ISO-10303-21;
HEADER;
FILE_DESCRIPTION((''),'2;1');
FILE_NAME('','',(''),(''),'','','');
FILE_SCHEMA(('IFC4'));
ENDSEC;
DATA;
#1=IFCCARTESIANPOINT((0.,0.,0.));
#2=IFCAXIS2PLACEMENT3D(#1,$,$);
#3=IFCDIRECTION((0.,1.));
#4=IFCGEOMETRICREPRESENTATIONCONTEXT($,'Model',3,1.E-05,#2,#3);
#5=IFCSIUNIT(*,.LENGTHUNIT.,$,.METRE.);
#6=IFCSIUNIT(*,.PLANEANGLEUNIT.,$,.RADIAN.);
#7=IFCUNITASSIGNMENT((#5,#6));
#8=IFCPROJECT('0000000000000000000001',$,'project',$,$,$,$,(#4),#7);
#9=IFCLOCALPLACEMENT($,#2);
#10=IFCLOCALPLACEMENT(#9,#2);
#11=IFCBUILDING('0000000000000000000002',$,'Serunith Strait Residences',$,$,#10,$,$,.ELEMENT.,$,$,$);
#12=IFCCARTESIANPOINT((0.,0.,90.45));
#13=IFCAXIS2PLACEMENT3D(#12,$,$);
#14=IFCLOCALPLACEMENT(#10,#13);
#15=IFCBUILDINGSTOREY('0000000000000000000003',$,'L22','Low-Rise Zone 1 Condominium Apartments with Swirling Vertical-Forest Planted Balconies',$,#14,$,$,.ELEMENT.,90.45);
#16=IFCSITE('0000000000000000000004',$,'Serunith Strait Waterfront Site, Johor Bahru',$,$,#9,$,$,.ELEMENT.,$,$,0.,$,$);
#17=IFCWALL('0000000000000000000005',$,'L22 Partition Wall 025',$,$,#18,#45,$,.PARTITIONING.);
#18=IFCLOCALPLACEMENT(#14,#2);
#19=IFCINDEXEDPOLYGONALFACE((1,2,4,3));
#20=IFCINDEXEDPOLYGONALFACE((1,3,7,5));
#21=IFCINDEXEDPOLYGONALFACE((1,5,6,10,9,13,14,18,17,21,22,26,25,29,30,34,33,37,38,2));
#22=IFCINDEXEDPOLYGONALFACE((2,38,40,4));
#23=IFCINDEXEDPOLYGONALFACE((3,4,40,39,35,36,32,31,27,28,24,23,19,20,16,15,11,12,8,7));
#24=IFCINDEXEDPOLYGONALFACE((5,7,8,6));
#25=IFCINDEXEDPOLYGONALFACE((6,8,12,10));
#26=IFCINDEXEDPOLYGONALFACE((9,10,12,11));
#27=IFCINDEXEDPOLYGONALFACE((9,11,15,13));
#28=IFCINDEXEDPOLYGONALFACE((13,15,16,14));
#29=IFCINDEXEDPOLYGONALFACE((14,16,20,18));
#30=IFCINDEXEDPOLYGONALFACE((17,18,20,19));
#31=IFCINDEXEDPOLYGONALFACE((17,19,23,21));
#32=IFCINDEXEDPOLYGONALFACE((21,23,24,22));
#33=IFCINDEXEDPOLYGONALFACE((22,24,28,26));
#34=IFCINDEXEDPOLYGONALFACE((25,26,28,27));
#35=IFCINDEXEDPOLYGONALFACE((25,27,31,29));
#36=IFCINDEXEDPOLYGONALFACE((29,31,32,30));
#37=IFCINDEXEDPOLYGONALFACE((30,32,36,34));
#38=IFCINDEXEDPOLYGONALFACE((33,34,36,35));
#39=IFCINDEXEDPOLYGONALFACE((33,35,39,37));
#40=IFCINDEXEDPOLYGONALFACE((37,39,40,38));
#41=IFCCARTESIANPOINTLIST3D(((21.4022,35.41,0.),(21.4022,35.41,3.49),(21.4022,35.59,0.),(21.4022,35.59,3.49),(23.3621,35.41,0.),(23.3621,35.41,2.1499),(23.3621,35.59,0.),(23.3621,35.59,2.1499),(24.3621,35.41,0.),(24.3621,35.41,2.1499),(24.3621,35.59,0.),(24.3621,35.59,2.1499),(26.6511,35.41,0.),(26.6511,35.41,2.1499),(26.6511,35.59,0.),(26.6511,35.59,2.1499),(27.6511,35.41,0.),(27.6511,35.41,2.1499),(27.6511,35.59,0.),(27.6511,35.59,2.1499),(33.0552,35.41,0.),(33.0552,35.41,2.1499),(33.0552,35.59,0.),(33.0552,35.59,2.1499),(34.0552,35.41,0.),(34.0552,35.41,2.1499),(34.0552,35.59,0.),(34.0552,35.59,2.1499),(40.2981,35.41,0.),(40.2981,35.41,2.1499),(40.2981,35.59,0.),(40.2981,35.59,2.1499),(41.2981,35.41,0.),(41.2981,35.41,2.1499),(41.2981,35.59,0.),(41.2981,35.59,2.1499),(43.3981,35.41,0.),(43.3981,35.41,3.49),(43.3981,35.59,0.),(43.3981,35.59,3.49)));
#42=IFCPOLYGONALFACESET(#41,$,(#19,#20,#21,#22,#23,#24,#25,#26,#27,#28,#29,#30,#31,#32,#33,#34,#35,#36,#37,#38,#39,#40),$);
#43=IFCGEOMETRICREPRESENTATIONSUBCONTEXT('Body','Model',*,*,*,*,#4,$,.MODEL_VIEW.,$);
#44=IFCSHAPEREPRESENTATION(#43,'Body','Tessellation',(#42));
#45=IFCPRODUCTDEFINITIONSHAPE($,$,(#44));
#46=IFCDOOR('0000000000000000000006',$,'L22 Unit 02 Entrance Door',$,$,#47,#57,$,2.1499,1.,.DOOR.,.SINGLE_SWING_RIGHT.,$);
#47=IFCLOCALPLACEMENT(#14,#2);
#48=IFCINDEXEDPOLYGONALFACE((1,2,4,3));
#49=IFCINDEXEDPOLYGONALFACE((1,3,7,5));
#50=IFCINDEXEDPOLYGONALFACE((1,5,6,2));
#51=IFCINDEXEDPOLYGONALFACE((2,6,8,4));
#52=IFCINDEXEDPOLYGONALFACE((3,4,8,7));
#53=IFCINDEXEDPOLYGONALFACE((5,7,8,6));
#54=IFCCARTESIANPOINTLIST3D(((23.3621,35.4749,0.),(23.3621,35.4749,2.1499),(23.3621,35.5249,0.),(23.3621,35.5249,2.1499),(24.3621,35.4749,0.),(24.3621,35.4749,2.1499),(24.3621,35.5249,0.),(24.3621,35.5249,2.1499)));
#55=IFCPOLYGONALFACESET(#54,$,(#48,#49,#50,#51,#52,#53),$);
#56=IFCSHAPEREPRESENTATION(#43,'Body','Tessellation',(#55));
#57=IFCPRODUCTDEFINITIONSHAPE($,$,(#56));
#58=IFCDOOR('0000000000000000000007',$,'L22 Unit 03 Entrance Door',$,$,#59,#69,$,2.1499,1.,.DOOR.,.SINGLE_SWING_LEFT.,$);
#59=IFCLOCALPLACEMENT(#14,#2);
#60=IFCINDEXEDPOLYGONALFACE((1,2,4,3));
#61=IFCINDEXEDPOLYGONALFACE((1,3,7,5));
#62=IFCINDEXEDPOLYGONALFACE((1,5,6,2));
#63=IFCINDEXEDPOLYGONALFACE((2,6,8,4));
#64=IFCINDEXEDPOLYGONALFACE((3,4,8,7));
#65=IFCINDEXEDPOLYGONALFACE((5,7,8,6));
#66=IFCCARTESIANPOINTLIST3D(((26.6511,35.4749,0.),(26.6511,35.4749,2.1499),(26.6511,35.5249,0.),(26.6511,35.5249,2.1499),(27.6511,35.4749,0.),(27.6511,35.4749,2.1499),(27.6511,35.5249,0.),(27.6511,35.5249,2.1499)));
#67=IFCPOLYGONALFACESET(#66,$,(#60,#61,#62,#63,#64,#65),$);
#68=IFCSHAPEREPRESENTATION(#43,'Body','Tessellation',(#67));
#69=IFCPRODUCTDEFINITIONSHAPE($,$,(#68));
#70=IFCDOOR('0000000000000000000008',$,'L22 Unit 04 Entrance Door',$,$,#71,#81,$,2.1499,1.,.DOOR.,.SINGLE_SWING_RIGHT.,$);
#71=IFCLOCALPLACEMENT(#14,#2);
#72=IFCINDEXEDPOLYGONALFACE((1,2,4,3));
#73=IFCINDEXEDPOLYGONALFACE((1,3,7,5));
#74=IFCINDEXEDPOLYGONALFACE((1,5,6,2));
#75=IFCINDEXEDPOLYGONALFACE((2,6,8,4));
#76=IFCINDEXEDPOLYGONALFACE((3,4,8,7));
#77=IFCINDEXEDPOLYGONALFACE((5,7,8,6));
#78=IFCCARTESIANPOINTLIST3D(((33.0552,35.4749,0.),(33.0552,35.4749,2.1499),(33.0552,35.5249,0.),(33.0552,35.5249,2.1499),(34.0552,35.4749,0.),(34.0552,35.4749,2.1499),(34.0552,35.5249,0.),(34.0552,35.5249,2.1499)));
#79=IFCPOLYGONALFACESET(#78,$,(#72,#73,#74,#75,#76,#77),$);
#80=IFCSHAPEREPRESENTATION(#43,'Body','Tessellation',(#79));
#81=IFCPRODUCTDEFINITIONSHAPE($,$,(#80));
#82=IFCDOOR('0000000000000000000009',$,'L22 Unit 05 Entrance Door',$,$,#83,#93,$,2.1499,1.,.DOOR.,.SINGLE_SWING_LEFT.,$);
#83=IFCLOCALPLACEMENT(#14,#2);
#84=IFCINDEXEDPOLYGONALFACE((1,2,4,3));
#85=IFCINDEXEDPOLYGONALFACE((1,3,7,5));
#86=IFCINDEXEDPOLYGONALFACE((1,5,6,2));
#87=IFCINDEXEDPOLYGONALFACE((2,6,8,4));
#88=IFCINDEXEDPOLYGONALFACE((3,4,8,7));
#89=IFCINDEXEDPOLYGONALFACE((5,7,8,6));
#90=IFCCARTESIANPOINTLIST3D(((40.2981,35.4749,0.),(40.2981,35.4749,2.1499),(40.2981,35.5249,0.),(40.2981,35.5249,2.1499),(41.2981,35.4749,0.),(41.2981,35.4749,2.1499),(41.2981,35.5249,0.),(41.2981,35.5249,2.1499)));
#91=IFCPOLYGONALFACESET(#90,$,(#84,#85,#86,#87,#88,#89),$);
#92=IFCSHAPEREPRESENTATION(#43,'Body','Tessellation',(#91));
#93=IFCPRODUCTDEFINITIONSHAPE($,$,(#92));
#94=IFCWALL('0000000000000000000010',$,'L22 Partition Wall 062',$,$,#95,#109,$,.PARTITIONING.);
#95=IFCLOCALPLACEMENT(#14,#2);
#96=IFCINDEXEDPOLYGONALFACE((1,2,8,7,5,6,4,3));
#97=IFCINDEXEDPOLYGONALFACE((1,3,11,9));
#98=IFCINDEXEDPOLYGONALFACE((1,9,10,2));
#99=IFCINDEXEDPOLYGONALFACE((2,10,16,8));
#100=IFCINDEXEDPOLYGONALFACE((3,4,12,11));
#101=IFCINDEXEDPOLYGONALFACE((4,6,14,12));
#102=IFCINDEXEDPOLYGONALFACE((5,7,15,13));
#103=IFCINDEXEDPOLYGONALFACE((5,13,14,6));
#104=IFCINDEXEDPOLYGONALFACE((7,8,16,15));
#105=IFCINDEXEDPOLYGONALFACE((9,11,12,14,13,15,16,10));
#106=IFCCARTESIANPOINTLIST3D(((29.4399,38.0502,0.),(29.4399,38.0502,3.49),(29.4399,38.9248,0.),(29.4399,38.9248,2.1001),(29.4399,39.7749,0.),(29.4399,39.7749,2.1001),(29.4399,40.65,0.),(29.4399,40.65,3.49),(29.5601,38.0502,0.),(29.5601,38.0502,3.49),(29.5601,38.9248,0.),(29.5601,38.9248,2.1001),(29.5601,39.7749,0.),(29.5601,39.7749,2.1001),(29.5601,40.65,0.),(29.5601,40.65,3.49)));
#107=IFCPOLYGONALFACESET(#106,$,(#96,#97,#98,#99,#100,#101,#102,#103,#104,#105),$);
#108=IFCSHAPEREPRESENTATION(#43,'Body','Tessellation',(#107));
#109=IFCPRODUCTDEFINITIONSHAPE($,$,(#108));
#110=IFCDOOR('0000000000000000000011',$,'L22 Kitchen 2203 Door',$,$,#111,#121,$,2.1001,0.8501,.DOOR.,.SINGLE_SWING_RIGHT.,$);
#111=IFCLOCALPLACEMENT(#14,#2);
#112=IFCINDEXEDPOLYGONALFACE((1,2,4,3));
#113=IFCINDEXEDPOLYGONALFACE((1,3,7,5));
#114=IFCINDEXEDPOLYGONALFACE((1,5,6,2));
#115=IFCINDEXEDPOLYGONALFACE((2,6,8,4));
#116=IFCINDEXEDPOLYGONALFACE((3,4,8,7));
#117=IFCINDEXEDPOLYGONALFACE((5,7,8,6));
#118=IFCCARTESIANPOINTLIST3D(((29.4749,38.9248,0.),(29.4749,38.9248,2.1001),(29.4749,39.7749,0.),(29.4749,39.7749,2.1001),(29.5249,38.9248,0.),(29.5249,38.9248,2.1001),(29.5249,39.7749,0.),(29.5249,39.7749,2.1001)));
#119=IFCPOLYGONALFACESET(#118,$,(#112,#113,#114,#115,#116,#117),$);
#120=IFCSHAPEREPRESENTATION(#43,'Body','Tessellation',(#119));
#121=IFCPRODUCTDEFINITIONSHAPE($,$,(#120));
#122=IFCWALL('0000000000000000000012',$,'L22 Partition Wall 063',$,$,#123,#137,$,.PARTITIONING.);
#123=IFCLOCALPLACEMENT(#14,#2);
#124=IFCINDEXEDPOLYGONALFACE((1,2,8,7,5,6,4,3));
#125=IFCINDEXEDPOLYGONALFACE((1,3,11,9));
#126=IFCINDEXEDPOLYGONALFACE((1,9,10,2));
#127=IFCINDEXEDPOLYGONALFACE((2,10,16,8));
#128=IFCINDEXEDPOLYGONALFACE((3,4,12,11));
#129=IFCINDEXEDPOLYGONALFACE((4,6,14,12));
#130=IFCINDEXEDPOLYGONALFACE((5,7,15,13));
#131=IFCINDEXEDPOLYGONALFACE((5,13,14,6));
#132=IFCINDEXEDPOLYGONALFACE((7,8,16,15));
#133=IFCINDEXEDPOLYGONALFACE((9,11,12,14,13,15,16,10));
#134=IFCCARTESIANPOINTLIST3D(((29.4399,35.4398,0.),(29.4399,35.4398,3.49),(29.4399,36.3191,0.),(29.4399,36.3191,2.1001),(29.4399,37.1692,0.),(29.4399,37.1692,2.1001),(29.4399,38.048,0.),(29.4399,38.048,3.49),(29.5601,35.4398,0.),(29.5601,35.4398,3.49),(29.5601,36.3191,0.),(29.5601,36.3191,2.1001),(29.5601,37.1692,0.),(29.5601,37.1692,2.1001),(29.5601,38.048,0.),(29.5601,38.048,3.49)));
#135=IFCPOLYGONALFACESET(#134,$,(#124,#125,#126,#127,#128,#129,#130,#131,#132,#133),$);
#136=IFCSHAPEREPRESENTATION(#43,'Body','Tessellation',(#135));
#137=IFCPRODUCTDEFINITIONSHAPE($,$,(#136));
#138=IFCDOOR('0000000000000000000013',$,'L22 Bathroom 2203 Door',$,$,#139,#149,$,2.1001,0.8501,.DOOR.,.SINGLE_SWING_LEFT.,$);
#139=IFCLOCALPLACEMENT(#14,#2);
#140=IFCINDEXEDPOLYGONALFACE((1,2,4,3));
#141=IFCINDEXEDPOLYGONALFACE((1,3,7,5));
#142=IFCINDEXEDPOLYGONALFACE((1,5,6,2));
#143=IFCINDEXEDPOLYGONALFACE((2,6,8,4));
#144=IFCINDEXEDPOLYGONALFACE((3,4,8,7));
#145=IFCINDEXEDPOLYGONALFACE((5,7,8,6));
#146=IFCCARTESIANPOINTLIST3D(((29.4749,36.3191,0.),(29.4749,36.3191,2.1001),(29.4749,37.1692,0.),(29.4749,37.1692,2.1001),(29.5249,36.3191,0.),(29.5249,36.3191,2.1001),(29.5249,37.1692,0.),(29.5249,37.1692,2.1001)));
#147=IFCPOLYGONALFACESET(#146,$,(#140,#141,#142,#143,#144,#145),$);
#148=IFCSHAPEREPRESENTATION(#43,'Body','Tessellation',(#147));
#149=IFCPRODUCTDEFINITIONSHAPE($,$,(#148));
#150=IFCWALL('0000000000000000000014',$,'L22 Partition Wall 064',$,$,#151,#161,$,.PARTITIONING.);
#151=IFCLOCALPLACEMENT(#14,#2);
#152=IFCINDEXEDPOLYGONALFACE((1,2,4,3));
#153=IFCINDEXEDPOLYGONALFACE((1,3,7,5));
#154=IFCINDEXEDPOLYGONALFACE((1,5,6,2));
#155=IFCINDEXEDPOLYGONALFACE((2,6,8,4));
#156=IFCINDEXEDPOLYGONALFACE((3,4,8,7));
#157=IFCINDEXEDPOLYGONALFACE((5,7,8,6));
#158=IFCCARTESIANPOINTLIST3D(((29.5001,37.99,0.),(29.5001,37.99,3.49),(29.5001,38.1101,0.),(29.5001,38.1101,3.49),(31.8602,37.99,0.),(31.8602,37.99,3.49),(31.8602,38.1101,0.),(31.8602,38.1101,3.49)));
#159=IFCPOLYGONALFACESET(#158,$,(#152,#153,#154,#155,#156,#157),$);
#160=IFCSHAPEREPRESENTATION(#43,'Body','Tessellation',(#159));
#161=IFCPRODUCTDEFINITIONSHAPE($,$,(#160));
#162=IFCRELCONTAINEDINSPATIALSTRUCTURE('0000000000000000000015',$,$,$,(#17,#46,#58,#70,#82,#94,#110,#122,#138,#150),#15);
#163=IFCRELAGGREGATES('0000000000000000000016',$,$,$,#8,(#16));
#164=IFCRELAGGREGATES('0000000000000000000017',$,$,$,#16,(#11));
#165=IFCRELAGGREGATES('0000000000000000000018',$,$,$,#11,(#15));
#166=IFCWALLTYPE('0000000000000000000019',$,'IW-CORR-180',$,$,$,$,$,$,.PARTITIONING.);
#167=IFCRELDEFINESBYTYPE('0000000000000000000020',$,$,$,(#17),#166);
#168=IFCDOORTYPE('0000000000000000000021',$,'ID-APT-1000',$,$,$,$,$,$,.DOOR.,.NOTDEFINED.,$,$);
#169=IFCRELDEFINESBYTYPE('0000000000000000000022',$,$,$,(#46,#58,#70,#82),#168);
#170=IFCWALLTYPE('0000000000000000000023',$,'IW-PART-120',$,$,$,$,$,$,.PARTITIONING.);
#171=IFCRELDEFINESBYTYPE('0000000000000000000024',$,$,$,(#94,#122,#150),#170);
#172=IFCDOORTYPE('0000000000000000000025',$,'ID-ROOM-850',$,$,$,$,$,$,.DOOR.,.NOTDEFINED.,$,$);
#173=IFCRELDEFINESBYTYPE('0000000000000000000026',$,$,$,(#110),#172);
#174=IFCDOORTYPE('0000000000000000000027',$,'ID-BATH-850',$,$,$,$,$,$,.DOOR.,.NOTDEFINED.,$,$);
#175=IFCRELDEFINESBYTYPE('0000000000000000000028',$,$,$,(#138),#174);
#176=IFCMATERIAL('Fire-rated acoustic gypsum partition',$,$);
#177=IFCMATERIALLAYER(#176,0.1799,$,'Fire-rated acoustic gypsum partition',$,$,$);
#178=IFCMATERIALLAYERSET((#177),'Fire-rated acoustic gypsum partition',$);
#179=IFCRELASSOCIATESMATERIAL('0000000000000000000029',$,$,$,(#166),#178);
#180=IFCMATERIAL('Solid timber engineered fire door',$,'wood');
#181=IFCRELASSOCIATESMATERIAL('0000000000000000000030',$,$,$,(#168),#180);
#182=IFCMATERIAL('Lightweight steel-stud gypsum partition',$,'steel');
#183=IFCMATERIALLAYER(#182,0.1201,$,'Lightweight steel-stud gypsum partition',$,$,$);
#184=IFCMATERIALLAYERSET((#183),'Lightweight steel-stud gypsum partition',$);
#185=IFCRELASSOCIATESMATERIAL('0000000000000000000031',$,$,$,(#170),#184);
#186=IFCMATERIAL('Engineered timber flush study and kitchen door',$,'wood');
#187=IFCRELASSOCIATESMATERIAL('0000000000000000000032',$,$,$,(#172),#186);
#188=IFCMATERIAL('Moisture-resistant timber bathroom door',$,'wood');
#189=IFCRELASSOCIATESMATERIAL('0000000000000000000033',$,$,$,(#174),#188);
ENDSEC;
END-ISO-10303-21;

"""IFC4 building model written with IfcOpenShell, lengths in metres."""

from ifc_helpers import new_model, si_unit, direction, frame, frame_2d, origin, place, context, subcontext, project, spatial, rectangle, extrude, source, transform, mapped, material, layer, layer_set, type_object, element, fill, save


model = new_model("IFC4")

# Units and contexts
model_context = context("Model", 3, precision=1e-05, world=origin(), true_north=direction((0.0, 1.0)))
body_context = subcontext(model_context, "Body", "Model", "MODEL_VIEW")
ifc_project = project(units=[si_unit("LENGTHUNIT", "METRE"), si_unit("PLANEANGLEUNIT", "RADIAN")], contexts=[model_context])

# Site, building, storey
site_placement = place(None, origin())
site = spatial("IfcSite", under=ifc_project, at=site_placement, Name="Serunith Strait Waterfront Site, Johor Bahru", CompositionType="ELEMENT", RefElevation=0.0)
building_placement = place(site_placement, origin())
building = spatial("IfcBuilding", under=site, at=building_placement, Name="Serunith Strait Residences", CompositionType="ELEMENT")
storey_placement = place(building_placement, frame((0.0, 0.0, 90.45)))
storey = spatial("IfcBuildingStorey", under=building, at=storey_placement, Name="L22", Description="Low-Rise Zone 1 Condominium Apartments with Swirling Vertical-Forest Planted Balconies", CompositionType="ELEMENT", Elevation=90.45)

# Wall, openings, doors
ifc_material_1 = material(Name="Fire-rated acoustic gypsum partition")
ifc_layer_1 = layer(ifc_material_1, 0.1799, Name="Fire-rated acoustic gypsum partition")
ifc_layer_set_1 = layer_set([ifc_layer_1], Name="Fire-rated acoustic gypsum partition")
wall_type_1 = type_object("IfcWallType", Name="IW-CORR-180", PredefinedType="PARTITIONING", material=ifc_layer_set_1)
wall_1_placement = place(storey_placement, frame((21.4021, 35.5, 0.0), z_axis=(0.0, 0.0, 1.0), x_axis=(1.0, 0.0, 0.0)))
wall_1 = element("IfcWall", 1, at=wall_1_placement, inside=storey, type_object=wall_type_1, Name="L22 Partition Wall 025", PredefinedType="PARTITIONING", context=body_context, shape_type="SweptSolid", body=[
    extrude(rectangle(XDim=21.9958, YDim=0.1799, at=frame_2d((10.998, 0.0))), origin(), (0.0, 0.0, 1.0), 3.49),
])
opening_1_placement = place(wall_1_placement, frame((1.96, 0.0, 0.0)))
opening_1 = element("IfcOpeningElement", 2, at=opening_1_placement, cuts=wall_1, PredefinedType="OPENING", context=body_context, shape_type="SweptSolid", body=[
    extrude(rectangle(XDim=1.0, YDim=2.1499, at=frame_2d((0.5, 1.075))), frame((0.0, 0.1001, 0.0), z_axis=(0.0, -1.0, 0.0), x_axis=(1.0, 0.0, 0.0)), (0.0, 0.0, 1.0), 0.2),
])
opening_2_placement = place(wall_1_placement, frame((5.249, 0.0, 0.0)))
opening_2 = element("IfcOpeningElement", 3, at=opening_2_placement, cuts=wall_1, PredefinedType="OPENING", context=body_context, shape_type="SweptSolid", body=[
    extrude(rectangle(XDim=1.0, YDim=2.1499, at=frame_2d((0.5, 1.075))), frame((0.0, 0.1001, 0.0), z_axis=(0.0, -1.0, 0.0), x_axis=(1.0, 0.0, 0.0)), (0.0, 0.0, 1.0), 0.2),
])
opening_3_placement = place(wall_1_placement, frame((11.6531, 0.0, 0.0)))
opening_3 = element("IfcOpeningElement", 4, at=opening_3_placement, cuts=wall_1, PredefinedType="OPENING", context=body_context, shape_type="SweptSolid", body=[
    extrude(rectangle(XDim=1.0, YDim=2.1499, at=frame_2d((0.5, 1.075))), frame((0.0, 0.1001, 0.0), z_axis=(0.0, -1.0, 0.0), x_axis=(1.0, 0.0, 0.0)), (0.0, 0.0, 1.0), 0.2),
])
opening_4_placement = place(wall_1_placement, frame((18.896, 0.0, 0.0)))
opening_4 = element("IfcOpeningElement", 5, at=opening_4_placement, cuts=wall_1, PredefinedType="OPENING", context=body_context, shape_type="SweptSolid", body=[
    extrude(rectangle(XDim=1.0, YDim=2.1499, at=frame_2d((0.5, 1.075))), frame((0.0, 0.1001, 0.0), z_axis=(0.0, -1.0, 0.0), x_axis=(1.0, 0.0, 0.0)), (0.0, 0.0, 1.0), 0.2),
])
ifc_material_2 = material(Name="Solid timber engineered fire door", Category="wood")
door_type_1 = type_object("IfcDoorType", Name="ID-APT-1000", OperationType="NOTDEFINED", PredefinedType="DOOR", material=ifc_material_2)
shared_shape_1 = source(origin(), body_context, "Body", "SweptSolid", [
    extrude(rectangle(XDim=1.0, YDim=2.1499, at=frame_2d((0.5, 1.075))), frame((0.0, 0.0249, 0.0), z_axis=(0.0, -1.0, 0.0), x_axis=(1.0, 0.0, 0.0)), (0.0, 0.0, 1.0), 0.05),
])
door_1_placement = place(opening_1_placement, origin())
door_1 = element("IfcDoor", 6, at=door_1_placement, inside=storey, type_object=door_type_1, Name="L22 Unit 02 Entrance Door", OperationType="SINGLE_SWING_RIGHT", OverallHeight=2.1499, OverallWidth=1.0, PredefinedType="DOOR", context=body_context, shape_type="MappedRepresentation", body=[
    mapped(shared_shape_1, transform((0.0, 0.0, 0.0), scale=1.0)),
])
fill(opening_1, door_1)
door_2_placement = place(opening_2_placement, origin())
door_2 = element("IfcDoor", 7, at=door_2_placement, inside=storey, type_object=door_type_1, Name="L22 Unit 03 Entrance Door", OperationType="SINGLE_SWING_LEFT", OverallHeight=2.1499, OverallWidth=1.0, PredefinedType="DOOR", context=body_context, shape_type="MappedRepresentation", body=[
    mapped(shared_shape_1, transform((0.0, 0.0, 0.0), scale=1.0)),
])
fill(opening_2, door_2)
door_3_placement = place(opening_3_placement, origin())
door_3 = element("IfcDoor", 8, at=door_3_placement, inside=storey, type_object=door_type_1, Name="L22 Unit 04 Entrance Door", OperationType="SINGLE_SWING_RIGHT", OverallHeight=2.1499, OverallWidth=1.0, PredefinedType="DOOR", context=body_context, shape_type="MappedRepresentation", body=[
    mapped(shared_shape_1, transform((0.0, 0.0, 0.0), scale=1.0)),
])
fill(opening_3, door_3)
door_4_placement = place(opening_4_placement, origin())
door_4 = element("IfcDoor", 9, at=door_4_placement, inside=storey, type_object=door_type_1, Name="L22 Unit 05 Entrance Door", OperationType="SINGLE_SWING_LEFT", OverallHeight=2.1499, OverallWidth=1.0, PredefinedType="DOOR", context=body_context, shape_type="MappedRepresentation", body=[
    mapped(shared_shape_1, transform((0.0, 0.0, 0.0), scale=1.0)),
])
fill(opening_4, door_4)

# Walls, openings, doors
ifc_material_3 = material(Name="Lightweight steel-stud gypsum partition", Category="steel")
ifc_layer_2 = layer(ifc_material_3, 0.1201, Name="Lightweight steel-stud gypsum partition")
ifc_layer_set_2 = layer_set([ifc_layer_2], Name="Lightweight steel-stud gypsum partition")
wall_type_2 = type_object("IfcWallType", Name="IW-PART-120", PredefinedType="PARTITIONING", material=ifc_layer_set_2)
wall_2_placement = place(storey_placement, frame((29.5, 40.6499, 0.0), z_axis=(0.0, 0.0, 1.0), x_axis=(0.0, -1.0, 0.0)))
wall_2 = element("IfcWall", 10, at=wall_2_placement, inside=storey, type_object=wall_type_2, Name="L22 Partition Wall 062", PredefinedType="PARTITIONING", context=body_context, shape_type="SweptSolid", body=[
    extrude(rectangle(XDim=2.5999, YDim=0.1201, at=frame_2d((1.2998, 0.0))), origin(), (0.0, 0.0, 1.0), 3.49),
])
opening_5_placement = place(wall_2_placement, frame((0.875, 0.0, 0.0)))
opening_5 = element("IfcOpeningElement", 11, at=opening_5_placement, cuts=wall_2, PredefinedType="OPENING", context=body_context, shape_type="SweptSolid", body=[
    extrude(rectangle(XDim=0.8501, YDim=2.1001, at=frame_2d((0.425, 1.05))), frame((0.0, 0.0701, 0.0), z_axis=(0.0, -1.0, 0.0), x_axis=(1.0, 0.0, 0.0)), (0.0, 0.0, 1.0), 0.1401),
])
ifc_material_4 = material(Name="Engineered timber flush study and kitchen door", Category="wood")
door_type_2 = type_object("IfcDoorType", Name="ID-ROOM-850", OperationType="NOTDEFINED", PredefinedType="DOOR", material=ifc_material_4)
shared_shape_2 = source(origin(), body_context, "Body", "SweptSolid", [
    extrude(rectangle(XDim=0.8501, YDim=2.1001, at=frame_2d((0.425, 1.05))), frame((0.0, 0.0249, 0.0), z_axis=(0.0, -1.0, 0.0), x_axis=(1.0, 0.0, 0.0)), (0.0, 0.0, 1.0), 0.05),
])
door_5_placement = place(opening_5_placement, origin())
door_5 = element("IfcDoor", 12, at=door_5_placement, inside=storey, type_object=door_type_2, Name="L22 Kitchen 2203 Door", OperationType="SINGLE_SWING_RIGHT", OverallHeight=2.1001, OverallWidth=0.8501, PredefinedType="DOOR", context=body_context, shape_type="MappedRepresentation", body=[
    mapped(shared_shape_2, transform((0.0, 0.0, 0.0), scale=1.0)),
])
fill(opening_5, door_5)
wall_3_placement = place(storey_placement, frame((29.5, 38.0481, 0.0), z_axis=(0.0, 0.0, 1.0), x_axis=(0.0, -1.0, 0.0)))
wall_3 = element("IfcWall", 13, at=wall_3_placement, inside=storey, type_object=wall_type_2, Name="L22 Partition Wall 063", PredefinedType="PARTITIONING", context=body_context, shape_type="SweptSolid", body=[
    extrude(rectangle(XDim=2.6082, YDim=0.1201, at=frame_2d((1.3042, 0.0))), origin(), (0.0, 0.0, 1.0), 3.49),
])
opening_6_placement = place(wall_3_placement, frame((0.8789, 0.0, 0.0)))
opening_6 = element("IfcOpeningElement", 14, at=opening_6_placement, cuts=wall_3, PredefinedType="OPENING", context=body_context, shape_type="SweptSolid", body=[
    extrude(rectangle(XDim=0.8501, YDim=2.1001, at=frame_2d((0.425, 1.05))), frame((0.0, 0.0701, 0.0), z_axis=(0.0, -1.0, 0.0), x_axis=(1.0, 0.0, 0.0)), (0.0, 0.0, 1.0), 0.1401),
])
ifc_material_5 = material(Name="Moisture-resistant timber bathroom door", Category="wood")
door_type_3 = type_object("IfcDoorType", Name="ID-BATH-850", OperationType="NOTDEFINED", PredefinedType="DOOR", material=ifc_material_5)
door_6_placement = place(opening_6_placement, origin())
door_6 = element("IfcDoor", 15, at=door_6_placement, inside=storey, type_object=door_type_3, Name="L22 Bathroom 2203 Door", OperationType="SINGLE_SWING_LEFT", OverallHeight=2.1001, OverallWidth=0.8501, PredefinedType="DOOR", context=body_context, shape_type="MappedRepresentation", body=[
    mapped(shared_shape_2, transform((0.0, 0.0, 0.0), scale=1.0)),
])
fill(opening_6, door_6)

# Wall
for number, where, z_axis, x_axis, name in (
    (16, (29.5, 38.05, 0.0), (0.0, 0.0, 1.0), (1.0, 0.0, 0.0), "L22 Partition Wall 064"),
):
    element("IfcWall", number, at=place(storey_placement, frame(where, z_axis=z_axis, x_axis=x_axis)), inside=storey, type_object=wall_type_2, Name=name, PredefinedType="PARTITIONING", context=body_context, shape_type="SweptSolid", body=[
        extrude(rectangle(XDim=2.3601, YDim=0.1201, at=frame_2d((1.1802, 0.0))), origin(), (0.0, 0.0, 1.0), 3.49),
    ])

save(model, "model.ifc")
